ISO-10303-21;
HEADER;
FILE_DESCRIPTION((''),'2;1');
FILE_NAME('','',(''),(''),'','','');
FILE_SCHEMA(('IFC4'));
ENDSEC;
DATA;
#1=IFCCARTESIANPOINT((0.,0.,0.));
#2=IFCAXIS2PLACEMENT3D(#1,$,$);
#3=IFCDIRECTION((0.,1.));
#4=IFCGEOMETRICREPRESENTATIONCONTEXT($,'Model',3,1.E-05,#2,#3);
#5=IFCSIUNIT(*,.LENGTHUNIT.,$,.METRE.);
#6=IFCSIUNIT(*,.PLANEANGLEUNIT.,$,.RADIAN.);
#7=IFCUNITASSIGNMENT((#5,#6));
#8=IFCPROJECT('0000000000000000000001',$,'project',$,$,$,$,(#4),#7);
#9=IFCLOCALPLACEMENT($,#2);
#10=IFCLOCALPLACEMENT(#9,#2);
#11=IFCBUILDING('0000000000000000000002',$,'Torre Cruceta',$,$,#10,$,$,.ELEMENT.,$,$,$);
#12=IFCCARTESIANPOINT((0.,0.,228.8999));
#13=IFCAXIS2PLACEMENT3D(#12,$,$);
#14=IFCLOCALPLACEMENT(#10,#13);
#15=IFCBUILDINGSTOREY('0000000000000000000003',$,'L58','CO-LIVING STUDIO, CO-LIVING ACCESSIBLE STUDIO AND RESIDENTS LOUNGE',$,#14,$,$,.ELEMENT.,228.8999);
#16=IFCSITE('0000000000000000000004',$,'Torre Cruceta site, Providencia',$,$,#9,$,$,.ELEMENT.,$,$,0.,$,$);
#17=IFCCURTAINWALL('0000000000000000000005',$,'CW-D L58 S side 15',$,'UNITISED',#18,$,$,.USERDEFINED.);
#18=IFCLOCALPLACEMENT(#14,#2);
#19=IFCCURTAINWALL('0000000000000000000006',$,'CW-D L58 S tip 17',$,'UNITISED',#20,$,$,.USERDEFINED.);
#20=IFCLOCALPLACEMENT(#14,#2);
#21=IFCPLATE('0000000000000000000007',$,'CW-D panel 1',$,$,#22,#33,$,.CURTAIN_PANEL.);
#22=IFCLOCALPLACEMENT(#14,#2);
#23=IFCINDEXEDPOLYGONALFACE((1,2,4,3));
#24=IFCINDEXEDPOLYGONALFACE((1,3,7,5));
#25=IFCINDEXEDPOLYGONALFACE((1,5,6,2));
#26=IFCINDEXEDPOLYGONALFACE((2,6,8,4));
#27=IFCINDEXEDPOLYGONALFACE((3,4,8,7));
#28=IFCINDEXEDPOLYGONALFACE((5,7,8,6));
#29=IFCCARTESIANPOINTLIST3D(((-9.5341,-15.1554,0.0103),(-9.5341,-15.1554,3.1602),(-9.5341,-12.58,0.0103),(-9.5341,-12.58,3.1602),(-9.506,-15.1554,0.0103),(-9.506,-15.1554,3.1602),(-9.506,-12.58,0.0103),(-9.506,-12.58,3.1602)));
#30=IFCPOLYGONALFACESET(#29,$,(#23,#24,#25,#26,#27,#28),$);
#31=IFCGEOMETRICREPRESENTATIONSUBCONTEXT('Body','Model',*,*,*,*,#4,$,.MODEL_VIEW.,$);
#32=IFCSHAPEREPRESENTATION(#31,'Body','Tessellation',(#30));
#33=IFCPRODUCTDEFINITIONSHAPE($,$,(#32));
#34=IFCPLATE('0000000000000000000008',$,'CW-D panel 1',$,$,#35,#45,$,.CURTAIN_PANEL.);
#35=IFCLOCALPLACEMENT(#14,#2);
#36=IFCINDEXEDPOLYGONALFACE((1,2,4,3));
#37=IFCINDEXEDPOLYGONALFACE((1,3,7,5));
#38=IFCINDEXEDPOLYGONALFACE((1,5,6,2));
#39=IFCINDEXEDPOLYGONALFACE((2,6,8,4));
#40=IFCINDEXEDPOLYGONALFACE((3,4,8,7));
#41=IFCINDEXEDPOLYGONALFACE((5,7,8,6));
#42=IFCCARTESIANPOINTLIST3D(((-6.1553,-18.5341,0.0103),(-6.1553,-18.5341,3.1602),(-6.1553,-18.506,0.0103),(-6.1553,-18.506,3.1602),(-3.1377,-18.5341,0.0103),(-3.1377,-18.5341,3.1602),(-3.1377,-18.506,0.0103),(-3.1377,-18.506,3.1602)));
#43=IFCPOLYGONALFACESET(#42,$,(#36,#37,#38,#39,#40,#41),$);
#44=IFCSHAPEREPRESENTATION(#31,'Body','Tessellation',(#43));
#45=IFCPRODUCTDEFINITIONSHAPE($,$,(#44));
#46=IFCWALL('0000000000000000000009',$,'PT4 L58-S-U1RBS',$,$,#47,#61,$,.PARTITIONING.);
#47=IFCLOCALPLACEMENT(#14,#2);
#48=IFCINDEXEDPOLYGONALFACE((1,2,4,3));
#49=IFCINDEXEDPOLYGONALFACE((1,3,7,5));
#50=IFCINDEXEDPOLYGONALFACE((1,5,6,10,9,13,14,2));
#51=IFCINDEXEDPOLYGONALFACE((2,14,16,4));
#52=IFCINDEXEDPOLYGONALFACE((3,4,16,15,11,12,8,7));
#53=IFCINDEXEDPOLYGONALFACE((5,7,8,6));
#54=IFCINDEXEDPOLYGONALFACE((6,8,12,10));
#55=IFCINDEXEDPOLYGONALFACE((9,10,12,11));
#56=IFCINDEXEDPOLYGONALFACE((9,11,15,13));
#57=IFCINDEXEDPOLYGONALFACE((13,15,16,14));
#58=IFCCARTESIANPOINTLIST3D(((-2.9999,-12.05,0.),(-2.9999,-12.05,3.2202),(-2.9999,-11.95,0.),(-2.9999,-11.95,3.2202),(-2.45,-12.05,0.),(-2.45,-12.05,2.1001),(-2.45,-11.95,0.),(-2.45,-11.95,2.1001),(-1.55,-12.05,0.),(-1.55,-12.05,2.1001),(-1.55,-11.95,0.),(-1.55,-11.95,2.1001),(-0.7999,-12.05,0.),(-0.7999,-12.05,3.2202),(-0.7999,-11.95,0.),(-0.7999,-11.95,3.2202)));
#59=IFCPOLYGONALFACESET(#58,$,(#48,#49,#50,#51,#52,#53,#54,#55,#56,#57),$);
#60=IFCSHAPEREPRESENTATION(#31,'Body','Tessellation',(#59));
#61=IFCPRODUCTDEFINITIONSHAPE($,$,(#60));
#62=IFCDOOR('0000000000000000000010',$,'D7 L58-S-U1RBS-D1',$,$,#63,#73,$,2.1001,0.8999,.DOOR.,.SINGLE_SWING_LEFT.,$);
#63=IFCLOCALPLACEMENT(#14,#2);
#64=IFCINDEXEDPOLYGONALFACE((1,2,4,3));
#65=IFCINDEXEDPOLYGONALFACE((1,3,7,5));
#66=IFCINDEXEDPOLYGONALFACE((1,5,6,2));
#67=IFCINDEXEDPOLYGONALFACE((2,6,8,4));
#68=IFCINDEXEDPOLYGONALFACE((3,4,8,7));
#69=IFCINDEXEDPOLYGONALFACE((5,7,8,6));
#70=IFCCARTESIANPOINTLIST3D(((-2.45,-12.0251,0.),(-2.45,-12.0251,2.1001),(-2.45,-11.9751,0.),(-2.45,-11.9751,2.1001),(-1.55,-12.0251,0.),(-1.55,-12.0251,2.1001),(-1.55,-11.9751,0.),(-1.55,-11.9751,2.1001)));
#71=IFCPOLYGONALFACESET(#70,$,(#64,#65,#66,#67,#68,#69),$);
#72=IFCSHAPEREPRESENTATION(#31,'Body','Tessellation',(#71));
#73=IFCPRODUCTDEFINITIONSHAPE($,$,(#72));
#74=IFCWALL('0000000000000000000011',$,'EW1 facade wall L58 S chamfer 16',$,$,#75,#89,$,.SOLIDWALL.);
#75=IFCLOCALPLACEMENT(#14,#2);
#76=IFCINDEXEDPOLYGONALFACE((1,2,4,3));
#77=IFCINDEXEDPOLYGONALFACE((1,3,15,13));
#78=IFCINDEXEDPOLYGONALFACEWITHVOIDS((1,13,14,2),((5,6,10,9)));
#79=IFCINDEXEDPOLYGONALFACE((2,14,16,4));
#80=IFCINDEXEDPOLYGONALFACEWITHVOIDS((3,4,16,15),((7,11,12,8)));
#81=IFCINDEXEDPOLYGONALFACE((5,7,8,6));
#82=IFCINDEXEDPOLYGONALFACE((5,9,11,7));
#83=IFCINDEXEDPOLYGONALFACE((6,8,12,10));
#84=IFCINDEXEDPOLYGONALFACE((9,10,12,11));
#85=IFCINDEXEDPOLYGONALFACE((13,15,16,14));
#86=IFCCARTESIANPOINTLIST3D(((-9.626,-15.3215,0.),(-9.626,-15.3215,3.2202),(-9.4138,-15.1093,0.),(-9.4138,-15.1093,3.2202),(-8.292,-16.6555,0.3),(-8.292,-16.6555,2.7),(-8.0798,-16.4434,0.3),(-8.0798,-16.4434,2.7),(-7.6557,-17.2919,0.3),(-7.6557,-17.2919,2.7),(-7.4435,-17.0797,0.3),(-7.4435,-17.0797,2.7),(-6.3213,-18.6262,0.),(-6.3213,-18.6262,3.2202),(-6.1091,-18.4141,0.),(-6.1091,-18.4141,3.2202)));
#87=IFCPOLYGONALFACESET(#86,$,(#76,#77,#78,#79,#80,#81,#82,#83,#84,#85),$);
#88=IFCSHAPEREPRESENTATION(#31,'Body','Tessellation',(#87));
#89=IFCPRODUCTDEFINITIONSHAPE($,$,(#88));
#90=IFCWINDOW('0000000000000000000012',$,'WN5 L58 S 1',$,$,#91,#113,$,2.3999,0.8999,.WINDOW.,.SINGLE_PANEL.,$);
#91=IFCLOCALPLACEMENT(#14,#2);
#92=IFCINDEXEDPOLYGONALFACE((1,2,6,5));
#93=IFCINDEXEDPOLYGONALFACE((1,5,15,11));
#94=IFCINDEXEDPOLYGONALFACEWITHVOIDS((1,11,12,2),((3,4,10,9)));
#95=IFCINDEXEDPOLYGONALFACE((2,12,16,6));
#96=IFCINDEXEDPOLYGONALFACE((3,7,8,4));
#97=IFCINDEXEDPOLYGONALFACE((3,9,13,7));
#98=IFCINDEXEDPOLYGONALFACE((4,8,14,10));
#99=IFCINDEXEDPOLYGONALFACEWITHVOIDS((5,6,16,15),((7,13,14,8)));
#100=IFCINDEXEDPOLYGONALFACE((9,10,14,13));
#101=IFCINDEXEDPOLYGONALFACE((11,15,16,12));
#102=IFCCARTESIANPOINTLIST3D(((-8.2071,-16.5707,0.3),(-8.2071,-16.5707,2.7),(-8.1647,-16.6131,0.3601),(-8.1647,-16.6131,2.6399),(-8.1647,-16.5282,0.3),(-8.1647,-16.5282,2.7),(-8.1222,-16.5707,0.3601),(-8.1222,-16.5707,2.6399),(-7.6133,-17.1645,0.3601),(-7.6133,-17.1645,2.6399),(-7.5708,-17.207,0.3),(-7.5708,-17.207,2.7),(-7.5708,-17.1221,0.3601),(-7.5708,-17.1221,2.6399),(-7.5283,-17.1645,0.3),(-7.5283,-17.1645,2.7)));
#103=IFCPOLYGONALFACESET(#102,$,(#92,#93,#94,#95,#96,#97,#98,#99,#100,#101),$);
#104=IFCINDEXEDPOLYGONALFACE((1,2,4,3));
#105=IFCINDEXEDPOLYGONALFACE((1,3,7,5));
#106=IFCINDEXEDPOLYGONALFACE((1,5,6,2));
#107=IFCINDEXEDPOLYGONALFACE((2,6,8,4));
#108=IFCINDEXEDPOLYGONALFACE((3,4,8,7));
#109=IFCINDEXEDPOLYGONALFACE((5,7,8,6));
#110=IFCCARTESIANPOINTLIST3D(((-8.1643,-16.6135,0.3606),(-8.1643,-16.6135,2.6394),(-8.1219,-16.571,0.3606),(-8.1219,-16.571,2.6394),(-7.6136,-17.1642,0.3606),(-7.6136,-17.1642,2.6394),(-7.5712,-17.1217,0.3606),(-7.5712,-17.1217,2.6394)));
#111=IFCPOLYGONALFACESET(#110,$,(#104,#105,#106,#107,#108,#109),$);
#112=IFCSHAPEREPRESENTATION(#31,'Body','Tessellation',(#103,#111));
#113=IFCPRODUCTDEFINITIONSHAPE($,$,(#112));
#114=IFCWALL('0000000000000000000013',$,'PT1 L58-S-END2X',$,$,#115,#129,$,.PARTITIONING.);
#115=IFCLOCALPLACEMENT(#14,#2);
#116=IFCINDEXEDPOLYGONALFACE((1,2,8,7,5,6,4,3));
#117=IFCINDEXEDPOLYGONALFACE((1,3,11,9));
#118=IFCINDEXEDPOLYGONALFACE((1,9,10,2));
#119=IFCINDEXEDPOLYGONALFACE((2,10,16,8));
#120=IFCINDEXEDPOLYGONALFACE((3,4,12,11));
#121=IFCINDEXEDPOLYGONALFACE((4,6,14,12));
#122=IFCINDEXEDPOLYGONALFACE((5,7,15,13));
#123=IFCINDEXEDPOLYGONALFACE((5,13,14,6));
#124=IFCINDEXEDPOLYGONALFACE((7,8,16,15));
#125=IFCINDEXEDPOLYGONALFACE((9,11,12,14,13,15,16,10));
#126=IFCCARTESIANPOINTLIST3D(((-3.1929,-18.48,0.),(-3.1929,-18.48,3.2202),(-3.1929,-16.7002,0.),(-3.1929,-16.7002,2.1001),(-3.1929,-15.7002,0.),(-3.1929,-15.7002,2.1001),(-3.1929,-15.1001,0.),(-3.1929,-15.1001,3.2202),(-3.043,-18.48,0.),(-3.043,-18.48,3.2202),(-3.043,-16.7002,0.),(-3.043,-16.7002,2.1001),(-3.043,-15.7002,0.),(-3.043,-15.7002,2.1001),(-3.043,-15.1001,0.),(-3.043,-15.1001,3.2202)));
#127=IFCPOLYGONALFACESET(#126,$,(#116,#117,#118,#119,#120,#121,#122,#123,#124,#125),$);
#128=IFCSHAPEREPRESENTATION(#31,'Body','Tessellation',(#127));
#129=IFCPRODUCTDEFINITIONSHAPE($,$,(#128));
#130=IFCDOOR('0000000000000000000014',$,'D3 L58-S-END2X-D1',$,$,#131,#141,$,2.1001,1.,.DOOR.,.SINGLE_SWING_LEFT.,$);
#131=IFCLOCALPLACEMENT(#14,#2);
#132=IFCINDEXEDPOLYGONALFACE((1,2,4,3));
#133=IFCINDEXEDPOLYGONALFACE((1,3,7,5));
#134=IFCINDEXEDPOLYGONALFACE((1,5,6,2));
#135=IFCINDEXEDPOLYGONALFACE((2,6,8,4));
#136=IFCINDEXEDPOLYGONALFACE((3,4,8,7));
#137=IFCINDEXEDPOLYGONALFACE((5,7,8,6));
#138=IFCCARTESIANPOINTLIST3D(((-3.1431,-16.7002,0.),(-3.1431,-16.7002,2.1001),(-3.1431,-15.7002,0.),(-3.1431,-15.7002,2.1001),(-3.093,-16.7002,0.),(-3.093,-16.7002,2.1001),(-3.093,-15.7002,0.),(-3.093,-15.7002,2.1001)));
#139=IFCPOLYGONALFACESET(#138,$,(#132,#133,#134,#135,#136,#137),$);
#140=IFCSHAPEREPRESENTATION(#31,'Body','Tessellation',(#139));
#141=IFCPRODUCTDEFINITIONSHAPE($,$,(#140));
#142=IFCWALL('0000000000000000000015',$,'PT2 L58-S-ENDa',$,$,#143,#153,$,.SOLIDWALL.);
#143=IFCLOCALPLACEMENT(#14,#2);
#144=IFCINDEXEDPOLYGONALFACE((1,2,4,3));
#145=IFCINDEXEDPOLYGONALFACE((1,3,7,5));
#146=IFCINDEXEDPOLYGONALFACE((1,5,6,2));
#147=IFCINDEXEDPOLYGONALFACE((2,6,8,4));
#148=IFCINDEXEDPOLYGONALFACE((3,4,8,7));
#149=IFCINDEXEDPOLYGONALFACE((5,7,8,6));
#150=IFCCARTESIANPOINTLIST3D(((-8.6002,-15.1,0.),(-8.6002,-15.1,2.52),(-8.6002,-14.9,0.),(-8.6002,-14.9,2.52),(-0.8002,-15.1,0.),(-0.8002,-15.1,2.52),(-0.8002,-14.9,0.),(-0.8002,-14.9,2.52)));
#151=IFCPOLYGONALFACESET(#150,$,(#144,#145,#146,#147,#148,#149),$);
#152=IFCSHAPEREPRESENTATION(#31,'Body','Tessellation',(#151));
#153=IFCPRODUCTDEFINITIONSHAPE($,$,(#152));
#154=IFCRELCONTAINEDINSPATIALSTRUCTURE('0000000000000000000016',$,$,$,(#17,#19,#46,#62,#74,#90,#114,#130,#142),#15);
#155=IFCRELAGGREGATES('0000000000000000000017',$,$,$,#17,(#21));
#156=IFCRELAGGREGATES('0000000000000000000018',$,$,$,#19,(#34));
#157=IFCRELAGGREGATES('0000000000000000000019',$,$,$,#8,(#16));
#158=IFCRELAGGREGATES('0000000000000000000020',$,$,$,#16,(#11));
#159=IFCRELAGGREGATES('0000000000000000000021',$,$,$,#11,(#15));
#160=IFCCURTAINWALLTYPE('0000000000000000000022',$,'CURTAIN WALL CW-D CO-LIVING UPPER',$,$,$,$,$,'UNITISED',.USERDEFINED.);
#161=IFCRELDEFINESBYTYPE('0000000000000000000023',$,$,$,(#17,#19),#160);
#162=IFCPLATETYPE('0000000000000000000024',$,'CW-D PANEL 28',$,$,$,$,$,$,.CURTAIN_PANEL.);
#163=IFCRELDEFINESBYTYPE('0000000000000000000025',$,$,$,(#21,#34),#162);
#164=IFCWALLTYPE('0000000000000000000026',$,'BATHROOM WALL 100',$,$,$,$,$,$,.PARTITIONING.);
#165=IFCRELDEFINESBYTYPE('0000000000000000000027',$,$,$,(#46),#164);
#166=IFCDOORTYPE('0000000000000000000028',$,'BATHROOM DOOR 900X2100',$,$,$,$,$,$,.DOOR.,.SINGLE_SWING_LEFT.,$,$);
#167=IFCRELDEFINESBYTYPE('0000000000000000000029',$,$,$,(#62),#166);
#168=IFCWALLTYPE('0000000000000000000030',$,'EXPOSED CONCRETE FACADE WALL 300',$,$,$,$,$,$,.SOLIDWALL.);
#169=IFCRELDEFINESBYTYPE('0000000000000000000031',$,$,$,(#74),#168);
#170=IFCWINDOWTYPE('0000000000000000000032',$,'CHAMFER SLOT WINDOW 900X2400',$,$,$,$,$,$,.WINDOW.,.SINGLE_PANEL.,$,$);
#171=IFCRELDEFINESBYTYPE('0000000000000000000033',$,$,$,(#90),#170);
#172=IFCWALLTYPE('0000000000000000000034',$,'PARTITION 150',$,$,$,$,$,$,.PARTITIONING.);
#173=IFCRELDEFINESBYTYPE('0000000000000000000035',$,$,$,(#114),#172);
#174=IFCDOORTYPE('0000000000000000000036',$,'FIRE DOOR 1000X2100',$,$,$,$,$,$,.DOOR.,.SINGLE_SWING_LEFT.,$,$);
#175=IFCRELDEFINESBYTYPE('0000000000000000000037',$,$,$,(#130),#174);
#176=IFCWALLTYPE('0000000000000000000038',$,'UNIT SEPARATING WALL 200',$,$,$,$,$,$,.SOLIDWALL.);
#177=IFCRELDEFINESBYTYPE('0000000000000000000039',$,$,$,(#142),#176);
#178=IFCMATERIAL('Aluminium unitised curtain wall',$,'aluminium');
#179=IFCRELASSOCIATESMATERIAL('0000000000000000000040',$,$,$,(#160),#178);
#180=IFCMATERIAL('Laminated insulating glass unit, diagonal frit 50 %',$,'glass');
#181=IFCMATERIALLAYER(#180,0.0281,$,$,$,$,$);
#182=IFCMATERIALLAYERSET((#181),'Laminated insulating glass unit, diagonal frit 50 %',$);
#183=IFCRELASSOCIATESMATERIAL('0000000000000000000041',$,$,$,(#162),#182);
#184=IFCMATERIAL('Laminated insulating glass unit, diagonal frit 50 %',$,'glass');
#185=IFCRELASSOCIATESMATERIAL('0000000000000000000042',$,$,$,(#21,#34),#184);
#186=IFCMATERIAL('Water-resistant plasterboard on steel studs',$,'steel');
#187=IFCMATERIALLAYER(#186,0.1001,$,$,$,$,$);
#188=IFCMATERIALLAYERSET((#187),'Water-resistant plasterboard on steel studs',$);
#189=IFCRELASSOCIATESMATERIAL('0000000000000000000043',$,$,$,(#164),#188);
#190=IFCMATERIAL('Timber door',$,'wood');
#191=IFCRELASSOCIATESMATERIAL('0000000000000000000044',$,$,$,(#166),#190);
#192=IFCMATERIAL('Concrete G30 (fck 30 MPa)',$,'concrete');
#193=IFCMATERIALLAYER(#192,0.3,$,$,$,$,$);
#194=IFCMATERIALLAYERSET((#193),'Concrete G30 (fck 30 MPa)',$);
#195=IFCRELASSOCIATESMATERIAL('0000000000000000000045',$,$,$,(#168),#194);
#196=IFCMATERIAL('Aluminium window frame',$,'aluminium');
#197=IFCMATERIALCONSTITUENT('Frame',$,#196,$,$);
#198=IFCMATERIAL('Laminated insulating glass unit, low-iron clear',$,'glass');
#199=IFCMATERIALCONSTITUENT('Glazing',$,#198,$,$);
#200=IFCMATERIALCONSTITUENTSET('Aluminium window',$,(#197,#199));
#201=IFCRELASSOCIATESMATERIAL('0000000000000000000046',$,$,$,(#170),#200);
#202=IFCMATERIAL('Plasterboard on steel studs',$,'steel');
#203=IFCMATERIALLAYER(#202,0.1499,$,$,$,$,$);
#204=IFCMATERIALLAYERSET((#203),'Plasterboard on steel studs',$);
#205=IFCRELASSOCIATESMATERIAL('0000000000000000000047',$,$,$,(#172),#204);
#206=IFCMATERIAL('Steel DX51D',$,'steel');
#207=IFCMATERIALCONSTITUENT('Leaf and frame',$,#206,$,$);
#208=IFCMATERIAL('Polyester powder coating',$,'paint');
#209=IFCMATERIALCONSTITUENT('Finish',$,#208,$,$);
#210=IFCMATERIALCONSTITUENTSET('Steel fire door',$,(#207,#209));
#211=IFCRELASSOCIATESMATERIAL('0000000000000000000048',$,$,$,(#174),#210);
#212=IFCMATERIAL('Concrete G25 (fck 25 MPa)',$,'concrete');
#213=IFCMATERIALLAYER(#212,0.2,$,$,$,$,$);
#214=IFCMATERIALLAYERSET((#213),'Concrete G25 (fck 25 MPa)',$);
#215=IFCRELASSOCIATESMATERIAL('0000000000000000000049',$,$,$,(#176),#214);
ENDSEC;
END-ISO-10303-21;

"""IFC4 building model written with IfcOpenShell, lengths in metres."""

from ifc_helpers import new_model, si_unit, direction, frame, frame_2d, origin, origin_2d, place, context, subcontext, project, spatial, rectangle, hollow_rectangle, extrude, material, layer, layer_set, constituent, constituent_set, type_object, element, fill, aggregate, save


model = new_model("IFC4")

# Units and contexts
model_context = context("Model", 3, precision=1e-05, world=origin(), true_north=direction((0.0, 1.0)))
body_context = subcontext(model_context, "Body", "Model", "MODEL_VIEW")
ifc_project = project(units=[si_unit("LENGTHUNIT", "METRE"), si_unit("PLANEANGLEUNIT", "RADIAN")], contexts=[model_context])

# Site, building, storey
site_placement = place(None, origin())
site = spatial("IfcSite", under=ifc_project, at=site_placement, Name="Torre Cruceta site, Providencia", CompositionType="ELEMENT", RefElevation=0.0)
building_placement = place(site_placement, origin())
building = spatial("IfcBuilding", under=site, at=building_placement, Name="Torre Cruceta", CompositionType="ELEMENT")
storey_placement = place(building_placement, frame((0.0, 0.0, 228.8999)))
storey = spatial("IfcBuildingStorey", under=building, at=storey_placement, Name="L58", Description="CO-LIVING STUDIO, CO-LIVING ACCESSIBLE STUDIO AND RESIDENTS LOUNGE", CompositionType="ELEMENT", Elevation=228.8999)

# Curtain walls
ifc_material_1 = material(Name="Aluminium unitised curtain wall", Category="aluminium")
curtain_wall_type = type_object("IfcCurtainWallType", Name="CURTAIN WALL CW-D CO-LIVING UPPER", ElementType="UNITISED", PredefinedType="USERDEFINED", material=ifc_material_1)
curtain_wall_1_placement = place(storey_placement, origin())
curtain_wall_1 = element("IfcCurtainWall", 1, at=curtain_wall_1_placement, inside=storey, type_object=curtain_wall_type, Name="CW-D L58 S side 15", ObjectType="UNITISED", PredefinedType="USERDEFINED")
curtain_wall_2_placement = place(storey_placement, origin())
curtain_wall_2 = element("IfcCurtainWall", 2, at=curtain_wall_2_placement, inside=storey, type_object=curtain_wall_type, Name="CW-D L58 S tip 17", ObjectType="UNITISED", PredefinedType="USERDEFINED")

# Plates
ifc_material_2 = material(Name="Laminated insulating glass unit, diagonal frit 50 %", Category="glass")
ifc_material_3 = material(Name="Laminated insulating glass unit, diagonal frit 50 %", Category="glass")
ifc_layer_1 = layer(ifc_material_3, 0.0281)
ifc_layer_set_1 = layer_set([ifc_layer_1], Name="Laminated insulating glass unit, diagonal frit 50 %")
plate_type = type_object("IfcPlateType", Name="CW-D PANEL 28", PredefinedType="CURTAIN_PANEL", material=ifc_layer_set_1)
plate_1_placement = place(storey_placement, frame((-9.52, -13.8677, 0.0103), z_axis=(0.0, 0.0, 1.0), x_axis=(0.0, -1.0, 0.0)))
plate_1 = element("IfcPlate", 3, at=plate_1_placement, type_object=plate_type, material=ifc_material_2, Name="CW-D panel 1", PredefinedType="CURTAIN_PANEL", context=body_context, shape_type="SweptSolid", body=[
    extrude(rectangle(XDim=2.5754, YDim=0.0281, at=origin_2d()), origin(), (0.0, 0.0, 1.0), 3.1499),
])
aggregate(curtain_wall_1, [plate_1])
plate_2_placement = place(storey_placement, frame((-4.6465, -18.52, 0.0103), z_axis=(0.0, 0.0, 1.0), x_axis=(1.0, 0.0, 0.0)))
plate_2 = element("IfcPlate", 4, at=plate_2_placement, type_object=plate_type, material=ifc_material_2, Name="CW-D panel 1", PredefinedType="CURTAIN_PANEL", context=body_context, shape_type="SweptSolid", body=[
    extrude(rectangle(XDim=3.0176, YDim=0.0281, at=origin_2d()), origin(), (0.0, 0.0, 1.0), 3.1499),
])
aggregate(curtain_wall_2, [plate_2])

# Wall, opening, door
ifc_material_4 = material(Name="Water-resistant plasterboard on steel studs", Category="steel")
ifc_layer_2 = layer(ifc_material_4, 0.1001)
ifc_layer_set_2 = layer_set([ifc_layer_2], Name="Water-resistant plasterboard on steel studs")
wall_type_1 = type_object("IfcWallType", Name="BATHROOM WALL 100", PredefinedType="PARTITIONING", material=ifc_layer_set_2)
wall_1_placement = place(storey_placement, frame((-3.0, -12.0, 0.0), z_axis=(0.0, 0.0, 1.0), x_axis=(1.0, 0.0, 0.0)))
wall_1 = element("IfcWall", 5, at=wall_1_placement, inside=storey, type_object=wall_type_1, Name="PT4 L58-S-U1RBS", PredefinedType="PARTITIONING", context=body_context, shape_type="SweptSolid", body=[
    extrude(rectangle(XDim=2.2, YDim=0.1001, at=frame_2d((1.1001, 0.0))), origin(), (0.0, 0.0, 1.0), 3.2202),
])
opening_1_placement = place(wall_1_placement, frame((0.55, 0.0, 0.0)))
opening_1 = element("IfcOpeningElement", 6, at=opening_1_placement, cuts=wall_1, PredefinedType="OPENING", context=body_context, shape_type="SweptSolid", body=[
    extrude(rectangle(XDim=0.8999, YDim=2.1001, at=frame_2d((0.45, 1.05))), frame((0.0, 0.0601, 0.0), z_axis=(0.0, -1.0, 0.0), x_axis=(1.0, 0.0, 0.0)), (0.0, 0.0, 1.0), 0.1201),
])
ifc_material_5 = material(Name="Timber door", Category="wood")
door_type_1 = type_object("IfcDoorType", Name="BATHROOM DOOR 900X2100", OperationType="SINGLE_SWING_LEFT", PredefinedType="DOOR", material=ifc_material_5)
door_1_placement = place(opening_1_placement, origin())
door_1 = element("IfcDoor", 7, at=door_1_placement, inside=storey, type_object=door_type_1, Name="D7 L58-S-U1RBS-D1", OperationType="SINGLE_SWING_LEFT", OverallHeight=2.1001, OverallWidth=0.8999, PredefinedType="DOOR", context=body_context, shape_type="SweptSolid", body=[
    extrude(rectangle(XDim=0.8999, YDim=2.1001, at=frame_2d((0.45, 1.05))), frame((0.0, 0.0249, 0.0), z_axis=(0.0, -1.0, 0.0), x_axis=(1.0, 0.0, 0.0)), (0.0, 0.0, 1.0), 0.05),
])
fill(opening_1, door_1)

# Wall, opening, window
ifc_material_6 = material(Name="Concrete G30 (fck 30 MPa)", Category="concrete")
ifc_layer_3 = layer(ifc_material_6, 0.3)
ifc_layer_set_3 = layer_set([ifc_layer_3], Name="Concrete G30 (fck 30 MPa)")
wall_type_2 = type_object("IfcWallType", Name="EXPOSED CONCRETE FACADE WALL 300", PredefinedType="SOLIDWALL", material=ifc_layer_set_3)
wall_2_placement = place(storey_placement, frame((-9.52, -15.2153, 0.0), z_axis=(0.0, 0.0, 1.0), x_axis=(0.707107, -0.707107, 0.0)))
wall_2 = element("IfcWall", 8, at=wall_2_placement, inside=storey, type_object=wall_type_2, Name="EW1 facade wall L58 S chamfer 16", PredefinedType="SOLIDWALL", context=body_context, shape_type="SweptSolid", body=[
    extrude(rectangle(XDim=4.6736, YDim=0.3, at=frame_2d((2.3369, 0.0))), origin(), (0.0, 0.0, 1.0), 3.2202),
])
opening_2_placement = place(wall_2_placement, frame((1.8867, 0.0, 0.3)))
opening_2 = element("IfcOpeningElement", 9, at=opening_2_placement, cuts=wall_2, PredefinedType="OPENING", context=body_context, shape_type="SweptSolid", body=[
    extrude(rectangle(XDim=0.8999, YDim=2.3999, at=frame_2d((0.45, 1.2))), frame((0.0, 0.1599, 0.0), z_axis=(0.0, -1.0, 0.0), x_axis=(1.0, 0.0, 0.0)), (0.0, 0.0, 1.0), 0.3201),
])
ifc_material_7 = material(Name="Aluminium window frame", Category="aluminium")
ifc_constituent_1 = constituent(ifc_material_7, Name="Frame")
ifc_material_8 = material(Name="Laminated insulating glass unit, low-iron clear", Category="glass")
ifc_constituent_2 = constituent(ifc_material_8, Name="Glazing")
ifc_constituent_set_1 = constituent_set(constituents=[ifc_constituent_1, ifc_constituent_2], Name="Aluminium window")
window_type = type_object("IfcWindowType", Name="CHAMFER SLOT WINDOW 900X2400", PartitioningType="SINGLE_PANEL", PredefinedType="WINDOW", material=ifc_constituent_set_1)
window_placement = place(opening_2_placement, origin())
window = element("IfcWindow", 10, at=window_placement, inside=storey, type_object=window_type, Name="WN5 L58 S 1", OverallHeight=2.3999, OverallWidth=0.8999, PartitioningType="SINGLE_PANEL", PredefinedType="WINDOW", context=body_context, shape_type="SweptSolid", body=[
    extrude(hollow_rectangle(XDim=0.8999, YDim=2.3999, WallThickness=0.0601, at=frame_2d((0.45, 1.2))), frame((0.0, 0.03, 0.0), z_axis=(0.0, -1.0, 0.0), x_axis=(1.0, 0.0, 0.0)), (0.0, 0.0, 1.0), 0.0601),
    extrude(rectangle(XDim=0.7788, YDim=2.2788, at=frame_2d((0.45, 1.2))), frame((0.0, 0.03, 0.0), z_axis=(0.0, -1.0, 0.0), x_axis=(1.0, 0.0, 0.0)), (0.0, 0.0, 1.0), 0.0601),
])
fill(opening_2, window)

# Wall, opening, door
ifc_material_9 = material(Name="Plasterboard on steel studs", Category="steel")
ifc_layer_4 = layer(ifc_material_9, 0.1499)
ifc_layer_set_4 = layer_set([ifc_layer_4], Name="Plasterboard on steel studs")
wall_type_3 = type_object("IfcWallType", Name="PARTITION 150", PredefinedType="PARTITIONING", material=ifc_layer_set_4)
wall_3_placement = place(storey_placement, frame((-3.1179, -15.1001, 0.0), z_axis=(0.0, 0.0, 1.0), x_axis=(0.0, -1.0, 0.0)))
wall_3 = element("IfcWall", 11, at=wall_3_placement, inside=storey, type_object=wall_type_3, Name="PT1 L58-S-END2X", PredefinedType="PARTITIONING", context=body_context, shape_type="SweptSolid", body=[
    extrude(rectangle(XDim=3.3799, YDim=0.1499, at=frame_2d((1.6899, 0.0))), origin(), (0.0, 0.0, 1.0), 3.2202),
])
opening_3_placement = place(wall_3_placement, frame((0.6001, 0.0, 0.0)))
opening_3 = element("IfcOpeningElement", 12, at=opening_3_placement, cuts=wall_3, PredefinedType="OPENING", context=body_context, shape_type="SweptSolid", body=[
    extrude(rectangle(XDim=1.0, YDim=2.1001, at=frame_2d((0.5, 1.05))), frame((0.0, 0.085, 0.0), z_axis=(0.0, -1.0, 0.0), x_axis=(1.0, 0.0, 0.0)), (0.0, 0.0, 1.0), 0.1699),
])
ifc_material_10 = material(Name="Steel DX51D", Category="steel")
ifc_constituent_3 = constituent(ifc_material_10, Name="Leaf and frame")
ifc_material_11 = material(Name="Polyester powder coating", Category="paint")
ifc_constituent_4 = constituent(ifc_material_11, Name="Finish")
ifc_constituent_set_2 = constituent_set(constituents=[ifc_constituent_3, ifc_constituent_4], Name="Steel fire door")
door_type_2 = type_object("IfcDoorType", Name="FIRE DOOR 1000X2100", OperationType="SINGLE_SWING_LEFT", PredefinedType="DOOR", material=ifc_constituent_set_2)
door_2_placement = place(opening_3_placement, origin())
door_2 = element("IfcDoor", 13, at=door_2_placement, inside=storey, type_object=door_type_2, Name="D3 L58-S-END2X-D1", OperationType="SINGLE_SWING_LEFT", OverallHeight=2.1001, OverallWidth=1.0, PredefinedType="DOOR", context=body_context, shape_type="SweptSolid", body=[
    extrude(rectangle(XDim=1.0, YDim=2.1001, at=frame_2d((0.5, 1.05))), frame((0.0, 0.0249, 0.0), z_axis=(0.0, -1.0, 0.0), x_axis=(1.0, 0.0, 0.0)), (0.0, 0.0, 1.0), 0.05),
])
fill(opening_3, door_2)

# Wall
ifc_material_12 = material(Name="Concrete G25 (fck 25 MPa)", Category="concrete")
ifc_layer_5 = layer(ifc_material_12, 0.2)
ifc_layer_set_5 = layer_set([ifc_layer_5], Name="Concrete G25 (fck 25 MPa)")
wall_type_4 = type_object("IfcWallType", Name="UNIT SEPARATING WALL 200", PredefinedType="SOLIDWALL", material=ifc_layer_set_5)
wall_4_placement = place(storey_placement, frame((-8.6001, -15.0, 0.0), z_axis=(0.0, 0.0, 1.0), x_axis=(1.0, 0.0, 0.0)))
element("IfcWall", 14, at=wall_4_placement, inside=storey, type_object=wall_type_4, Name="PT2 L58-S-ENDa", PredefinedType="SOLIDWALL", context=body_context, shape_type="SweptSolid", body=[
    extrude(rectangle(XDim=7.8, YDim=0.2, at=frame_2d((3.8999, 0.0))), origin(), (0.0, 0.0, 1.0), 2.52),
])

save(model, "model.ifc")
